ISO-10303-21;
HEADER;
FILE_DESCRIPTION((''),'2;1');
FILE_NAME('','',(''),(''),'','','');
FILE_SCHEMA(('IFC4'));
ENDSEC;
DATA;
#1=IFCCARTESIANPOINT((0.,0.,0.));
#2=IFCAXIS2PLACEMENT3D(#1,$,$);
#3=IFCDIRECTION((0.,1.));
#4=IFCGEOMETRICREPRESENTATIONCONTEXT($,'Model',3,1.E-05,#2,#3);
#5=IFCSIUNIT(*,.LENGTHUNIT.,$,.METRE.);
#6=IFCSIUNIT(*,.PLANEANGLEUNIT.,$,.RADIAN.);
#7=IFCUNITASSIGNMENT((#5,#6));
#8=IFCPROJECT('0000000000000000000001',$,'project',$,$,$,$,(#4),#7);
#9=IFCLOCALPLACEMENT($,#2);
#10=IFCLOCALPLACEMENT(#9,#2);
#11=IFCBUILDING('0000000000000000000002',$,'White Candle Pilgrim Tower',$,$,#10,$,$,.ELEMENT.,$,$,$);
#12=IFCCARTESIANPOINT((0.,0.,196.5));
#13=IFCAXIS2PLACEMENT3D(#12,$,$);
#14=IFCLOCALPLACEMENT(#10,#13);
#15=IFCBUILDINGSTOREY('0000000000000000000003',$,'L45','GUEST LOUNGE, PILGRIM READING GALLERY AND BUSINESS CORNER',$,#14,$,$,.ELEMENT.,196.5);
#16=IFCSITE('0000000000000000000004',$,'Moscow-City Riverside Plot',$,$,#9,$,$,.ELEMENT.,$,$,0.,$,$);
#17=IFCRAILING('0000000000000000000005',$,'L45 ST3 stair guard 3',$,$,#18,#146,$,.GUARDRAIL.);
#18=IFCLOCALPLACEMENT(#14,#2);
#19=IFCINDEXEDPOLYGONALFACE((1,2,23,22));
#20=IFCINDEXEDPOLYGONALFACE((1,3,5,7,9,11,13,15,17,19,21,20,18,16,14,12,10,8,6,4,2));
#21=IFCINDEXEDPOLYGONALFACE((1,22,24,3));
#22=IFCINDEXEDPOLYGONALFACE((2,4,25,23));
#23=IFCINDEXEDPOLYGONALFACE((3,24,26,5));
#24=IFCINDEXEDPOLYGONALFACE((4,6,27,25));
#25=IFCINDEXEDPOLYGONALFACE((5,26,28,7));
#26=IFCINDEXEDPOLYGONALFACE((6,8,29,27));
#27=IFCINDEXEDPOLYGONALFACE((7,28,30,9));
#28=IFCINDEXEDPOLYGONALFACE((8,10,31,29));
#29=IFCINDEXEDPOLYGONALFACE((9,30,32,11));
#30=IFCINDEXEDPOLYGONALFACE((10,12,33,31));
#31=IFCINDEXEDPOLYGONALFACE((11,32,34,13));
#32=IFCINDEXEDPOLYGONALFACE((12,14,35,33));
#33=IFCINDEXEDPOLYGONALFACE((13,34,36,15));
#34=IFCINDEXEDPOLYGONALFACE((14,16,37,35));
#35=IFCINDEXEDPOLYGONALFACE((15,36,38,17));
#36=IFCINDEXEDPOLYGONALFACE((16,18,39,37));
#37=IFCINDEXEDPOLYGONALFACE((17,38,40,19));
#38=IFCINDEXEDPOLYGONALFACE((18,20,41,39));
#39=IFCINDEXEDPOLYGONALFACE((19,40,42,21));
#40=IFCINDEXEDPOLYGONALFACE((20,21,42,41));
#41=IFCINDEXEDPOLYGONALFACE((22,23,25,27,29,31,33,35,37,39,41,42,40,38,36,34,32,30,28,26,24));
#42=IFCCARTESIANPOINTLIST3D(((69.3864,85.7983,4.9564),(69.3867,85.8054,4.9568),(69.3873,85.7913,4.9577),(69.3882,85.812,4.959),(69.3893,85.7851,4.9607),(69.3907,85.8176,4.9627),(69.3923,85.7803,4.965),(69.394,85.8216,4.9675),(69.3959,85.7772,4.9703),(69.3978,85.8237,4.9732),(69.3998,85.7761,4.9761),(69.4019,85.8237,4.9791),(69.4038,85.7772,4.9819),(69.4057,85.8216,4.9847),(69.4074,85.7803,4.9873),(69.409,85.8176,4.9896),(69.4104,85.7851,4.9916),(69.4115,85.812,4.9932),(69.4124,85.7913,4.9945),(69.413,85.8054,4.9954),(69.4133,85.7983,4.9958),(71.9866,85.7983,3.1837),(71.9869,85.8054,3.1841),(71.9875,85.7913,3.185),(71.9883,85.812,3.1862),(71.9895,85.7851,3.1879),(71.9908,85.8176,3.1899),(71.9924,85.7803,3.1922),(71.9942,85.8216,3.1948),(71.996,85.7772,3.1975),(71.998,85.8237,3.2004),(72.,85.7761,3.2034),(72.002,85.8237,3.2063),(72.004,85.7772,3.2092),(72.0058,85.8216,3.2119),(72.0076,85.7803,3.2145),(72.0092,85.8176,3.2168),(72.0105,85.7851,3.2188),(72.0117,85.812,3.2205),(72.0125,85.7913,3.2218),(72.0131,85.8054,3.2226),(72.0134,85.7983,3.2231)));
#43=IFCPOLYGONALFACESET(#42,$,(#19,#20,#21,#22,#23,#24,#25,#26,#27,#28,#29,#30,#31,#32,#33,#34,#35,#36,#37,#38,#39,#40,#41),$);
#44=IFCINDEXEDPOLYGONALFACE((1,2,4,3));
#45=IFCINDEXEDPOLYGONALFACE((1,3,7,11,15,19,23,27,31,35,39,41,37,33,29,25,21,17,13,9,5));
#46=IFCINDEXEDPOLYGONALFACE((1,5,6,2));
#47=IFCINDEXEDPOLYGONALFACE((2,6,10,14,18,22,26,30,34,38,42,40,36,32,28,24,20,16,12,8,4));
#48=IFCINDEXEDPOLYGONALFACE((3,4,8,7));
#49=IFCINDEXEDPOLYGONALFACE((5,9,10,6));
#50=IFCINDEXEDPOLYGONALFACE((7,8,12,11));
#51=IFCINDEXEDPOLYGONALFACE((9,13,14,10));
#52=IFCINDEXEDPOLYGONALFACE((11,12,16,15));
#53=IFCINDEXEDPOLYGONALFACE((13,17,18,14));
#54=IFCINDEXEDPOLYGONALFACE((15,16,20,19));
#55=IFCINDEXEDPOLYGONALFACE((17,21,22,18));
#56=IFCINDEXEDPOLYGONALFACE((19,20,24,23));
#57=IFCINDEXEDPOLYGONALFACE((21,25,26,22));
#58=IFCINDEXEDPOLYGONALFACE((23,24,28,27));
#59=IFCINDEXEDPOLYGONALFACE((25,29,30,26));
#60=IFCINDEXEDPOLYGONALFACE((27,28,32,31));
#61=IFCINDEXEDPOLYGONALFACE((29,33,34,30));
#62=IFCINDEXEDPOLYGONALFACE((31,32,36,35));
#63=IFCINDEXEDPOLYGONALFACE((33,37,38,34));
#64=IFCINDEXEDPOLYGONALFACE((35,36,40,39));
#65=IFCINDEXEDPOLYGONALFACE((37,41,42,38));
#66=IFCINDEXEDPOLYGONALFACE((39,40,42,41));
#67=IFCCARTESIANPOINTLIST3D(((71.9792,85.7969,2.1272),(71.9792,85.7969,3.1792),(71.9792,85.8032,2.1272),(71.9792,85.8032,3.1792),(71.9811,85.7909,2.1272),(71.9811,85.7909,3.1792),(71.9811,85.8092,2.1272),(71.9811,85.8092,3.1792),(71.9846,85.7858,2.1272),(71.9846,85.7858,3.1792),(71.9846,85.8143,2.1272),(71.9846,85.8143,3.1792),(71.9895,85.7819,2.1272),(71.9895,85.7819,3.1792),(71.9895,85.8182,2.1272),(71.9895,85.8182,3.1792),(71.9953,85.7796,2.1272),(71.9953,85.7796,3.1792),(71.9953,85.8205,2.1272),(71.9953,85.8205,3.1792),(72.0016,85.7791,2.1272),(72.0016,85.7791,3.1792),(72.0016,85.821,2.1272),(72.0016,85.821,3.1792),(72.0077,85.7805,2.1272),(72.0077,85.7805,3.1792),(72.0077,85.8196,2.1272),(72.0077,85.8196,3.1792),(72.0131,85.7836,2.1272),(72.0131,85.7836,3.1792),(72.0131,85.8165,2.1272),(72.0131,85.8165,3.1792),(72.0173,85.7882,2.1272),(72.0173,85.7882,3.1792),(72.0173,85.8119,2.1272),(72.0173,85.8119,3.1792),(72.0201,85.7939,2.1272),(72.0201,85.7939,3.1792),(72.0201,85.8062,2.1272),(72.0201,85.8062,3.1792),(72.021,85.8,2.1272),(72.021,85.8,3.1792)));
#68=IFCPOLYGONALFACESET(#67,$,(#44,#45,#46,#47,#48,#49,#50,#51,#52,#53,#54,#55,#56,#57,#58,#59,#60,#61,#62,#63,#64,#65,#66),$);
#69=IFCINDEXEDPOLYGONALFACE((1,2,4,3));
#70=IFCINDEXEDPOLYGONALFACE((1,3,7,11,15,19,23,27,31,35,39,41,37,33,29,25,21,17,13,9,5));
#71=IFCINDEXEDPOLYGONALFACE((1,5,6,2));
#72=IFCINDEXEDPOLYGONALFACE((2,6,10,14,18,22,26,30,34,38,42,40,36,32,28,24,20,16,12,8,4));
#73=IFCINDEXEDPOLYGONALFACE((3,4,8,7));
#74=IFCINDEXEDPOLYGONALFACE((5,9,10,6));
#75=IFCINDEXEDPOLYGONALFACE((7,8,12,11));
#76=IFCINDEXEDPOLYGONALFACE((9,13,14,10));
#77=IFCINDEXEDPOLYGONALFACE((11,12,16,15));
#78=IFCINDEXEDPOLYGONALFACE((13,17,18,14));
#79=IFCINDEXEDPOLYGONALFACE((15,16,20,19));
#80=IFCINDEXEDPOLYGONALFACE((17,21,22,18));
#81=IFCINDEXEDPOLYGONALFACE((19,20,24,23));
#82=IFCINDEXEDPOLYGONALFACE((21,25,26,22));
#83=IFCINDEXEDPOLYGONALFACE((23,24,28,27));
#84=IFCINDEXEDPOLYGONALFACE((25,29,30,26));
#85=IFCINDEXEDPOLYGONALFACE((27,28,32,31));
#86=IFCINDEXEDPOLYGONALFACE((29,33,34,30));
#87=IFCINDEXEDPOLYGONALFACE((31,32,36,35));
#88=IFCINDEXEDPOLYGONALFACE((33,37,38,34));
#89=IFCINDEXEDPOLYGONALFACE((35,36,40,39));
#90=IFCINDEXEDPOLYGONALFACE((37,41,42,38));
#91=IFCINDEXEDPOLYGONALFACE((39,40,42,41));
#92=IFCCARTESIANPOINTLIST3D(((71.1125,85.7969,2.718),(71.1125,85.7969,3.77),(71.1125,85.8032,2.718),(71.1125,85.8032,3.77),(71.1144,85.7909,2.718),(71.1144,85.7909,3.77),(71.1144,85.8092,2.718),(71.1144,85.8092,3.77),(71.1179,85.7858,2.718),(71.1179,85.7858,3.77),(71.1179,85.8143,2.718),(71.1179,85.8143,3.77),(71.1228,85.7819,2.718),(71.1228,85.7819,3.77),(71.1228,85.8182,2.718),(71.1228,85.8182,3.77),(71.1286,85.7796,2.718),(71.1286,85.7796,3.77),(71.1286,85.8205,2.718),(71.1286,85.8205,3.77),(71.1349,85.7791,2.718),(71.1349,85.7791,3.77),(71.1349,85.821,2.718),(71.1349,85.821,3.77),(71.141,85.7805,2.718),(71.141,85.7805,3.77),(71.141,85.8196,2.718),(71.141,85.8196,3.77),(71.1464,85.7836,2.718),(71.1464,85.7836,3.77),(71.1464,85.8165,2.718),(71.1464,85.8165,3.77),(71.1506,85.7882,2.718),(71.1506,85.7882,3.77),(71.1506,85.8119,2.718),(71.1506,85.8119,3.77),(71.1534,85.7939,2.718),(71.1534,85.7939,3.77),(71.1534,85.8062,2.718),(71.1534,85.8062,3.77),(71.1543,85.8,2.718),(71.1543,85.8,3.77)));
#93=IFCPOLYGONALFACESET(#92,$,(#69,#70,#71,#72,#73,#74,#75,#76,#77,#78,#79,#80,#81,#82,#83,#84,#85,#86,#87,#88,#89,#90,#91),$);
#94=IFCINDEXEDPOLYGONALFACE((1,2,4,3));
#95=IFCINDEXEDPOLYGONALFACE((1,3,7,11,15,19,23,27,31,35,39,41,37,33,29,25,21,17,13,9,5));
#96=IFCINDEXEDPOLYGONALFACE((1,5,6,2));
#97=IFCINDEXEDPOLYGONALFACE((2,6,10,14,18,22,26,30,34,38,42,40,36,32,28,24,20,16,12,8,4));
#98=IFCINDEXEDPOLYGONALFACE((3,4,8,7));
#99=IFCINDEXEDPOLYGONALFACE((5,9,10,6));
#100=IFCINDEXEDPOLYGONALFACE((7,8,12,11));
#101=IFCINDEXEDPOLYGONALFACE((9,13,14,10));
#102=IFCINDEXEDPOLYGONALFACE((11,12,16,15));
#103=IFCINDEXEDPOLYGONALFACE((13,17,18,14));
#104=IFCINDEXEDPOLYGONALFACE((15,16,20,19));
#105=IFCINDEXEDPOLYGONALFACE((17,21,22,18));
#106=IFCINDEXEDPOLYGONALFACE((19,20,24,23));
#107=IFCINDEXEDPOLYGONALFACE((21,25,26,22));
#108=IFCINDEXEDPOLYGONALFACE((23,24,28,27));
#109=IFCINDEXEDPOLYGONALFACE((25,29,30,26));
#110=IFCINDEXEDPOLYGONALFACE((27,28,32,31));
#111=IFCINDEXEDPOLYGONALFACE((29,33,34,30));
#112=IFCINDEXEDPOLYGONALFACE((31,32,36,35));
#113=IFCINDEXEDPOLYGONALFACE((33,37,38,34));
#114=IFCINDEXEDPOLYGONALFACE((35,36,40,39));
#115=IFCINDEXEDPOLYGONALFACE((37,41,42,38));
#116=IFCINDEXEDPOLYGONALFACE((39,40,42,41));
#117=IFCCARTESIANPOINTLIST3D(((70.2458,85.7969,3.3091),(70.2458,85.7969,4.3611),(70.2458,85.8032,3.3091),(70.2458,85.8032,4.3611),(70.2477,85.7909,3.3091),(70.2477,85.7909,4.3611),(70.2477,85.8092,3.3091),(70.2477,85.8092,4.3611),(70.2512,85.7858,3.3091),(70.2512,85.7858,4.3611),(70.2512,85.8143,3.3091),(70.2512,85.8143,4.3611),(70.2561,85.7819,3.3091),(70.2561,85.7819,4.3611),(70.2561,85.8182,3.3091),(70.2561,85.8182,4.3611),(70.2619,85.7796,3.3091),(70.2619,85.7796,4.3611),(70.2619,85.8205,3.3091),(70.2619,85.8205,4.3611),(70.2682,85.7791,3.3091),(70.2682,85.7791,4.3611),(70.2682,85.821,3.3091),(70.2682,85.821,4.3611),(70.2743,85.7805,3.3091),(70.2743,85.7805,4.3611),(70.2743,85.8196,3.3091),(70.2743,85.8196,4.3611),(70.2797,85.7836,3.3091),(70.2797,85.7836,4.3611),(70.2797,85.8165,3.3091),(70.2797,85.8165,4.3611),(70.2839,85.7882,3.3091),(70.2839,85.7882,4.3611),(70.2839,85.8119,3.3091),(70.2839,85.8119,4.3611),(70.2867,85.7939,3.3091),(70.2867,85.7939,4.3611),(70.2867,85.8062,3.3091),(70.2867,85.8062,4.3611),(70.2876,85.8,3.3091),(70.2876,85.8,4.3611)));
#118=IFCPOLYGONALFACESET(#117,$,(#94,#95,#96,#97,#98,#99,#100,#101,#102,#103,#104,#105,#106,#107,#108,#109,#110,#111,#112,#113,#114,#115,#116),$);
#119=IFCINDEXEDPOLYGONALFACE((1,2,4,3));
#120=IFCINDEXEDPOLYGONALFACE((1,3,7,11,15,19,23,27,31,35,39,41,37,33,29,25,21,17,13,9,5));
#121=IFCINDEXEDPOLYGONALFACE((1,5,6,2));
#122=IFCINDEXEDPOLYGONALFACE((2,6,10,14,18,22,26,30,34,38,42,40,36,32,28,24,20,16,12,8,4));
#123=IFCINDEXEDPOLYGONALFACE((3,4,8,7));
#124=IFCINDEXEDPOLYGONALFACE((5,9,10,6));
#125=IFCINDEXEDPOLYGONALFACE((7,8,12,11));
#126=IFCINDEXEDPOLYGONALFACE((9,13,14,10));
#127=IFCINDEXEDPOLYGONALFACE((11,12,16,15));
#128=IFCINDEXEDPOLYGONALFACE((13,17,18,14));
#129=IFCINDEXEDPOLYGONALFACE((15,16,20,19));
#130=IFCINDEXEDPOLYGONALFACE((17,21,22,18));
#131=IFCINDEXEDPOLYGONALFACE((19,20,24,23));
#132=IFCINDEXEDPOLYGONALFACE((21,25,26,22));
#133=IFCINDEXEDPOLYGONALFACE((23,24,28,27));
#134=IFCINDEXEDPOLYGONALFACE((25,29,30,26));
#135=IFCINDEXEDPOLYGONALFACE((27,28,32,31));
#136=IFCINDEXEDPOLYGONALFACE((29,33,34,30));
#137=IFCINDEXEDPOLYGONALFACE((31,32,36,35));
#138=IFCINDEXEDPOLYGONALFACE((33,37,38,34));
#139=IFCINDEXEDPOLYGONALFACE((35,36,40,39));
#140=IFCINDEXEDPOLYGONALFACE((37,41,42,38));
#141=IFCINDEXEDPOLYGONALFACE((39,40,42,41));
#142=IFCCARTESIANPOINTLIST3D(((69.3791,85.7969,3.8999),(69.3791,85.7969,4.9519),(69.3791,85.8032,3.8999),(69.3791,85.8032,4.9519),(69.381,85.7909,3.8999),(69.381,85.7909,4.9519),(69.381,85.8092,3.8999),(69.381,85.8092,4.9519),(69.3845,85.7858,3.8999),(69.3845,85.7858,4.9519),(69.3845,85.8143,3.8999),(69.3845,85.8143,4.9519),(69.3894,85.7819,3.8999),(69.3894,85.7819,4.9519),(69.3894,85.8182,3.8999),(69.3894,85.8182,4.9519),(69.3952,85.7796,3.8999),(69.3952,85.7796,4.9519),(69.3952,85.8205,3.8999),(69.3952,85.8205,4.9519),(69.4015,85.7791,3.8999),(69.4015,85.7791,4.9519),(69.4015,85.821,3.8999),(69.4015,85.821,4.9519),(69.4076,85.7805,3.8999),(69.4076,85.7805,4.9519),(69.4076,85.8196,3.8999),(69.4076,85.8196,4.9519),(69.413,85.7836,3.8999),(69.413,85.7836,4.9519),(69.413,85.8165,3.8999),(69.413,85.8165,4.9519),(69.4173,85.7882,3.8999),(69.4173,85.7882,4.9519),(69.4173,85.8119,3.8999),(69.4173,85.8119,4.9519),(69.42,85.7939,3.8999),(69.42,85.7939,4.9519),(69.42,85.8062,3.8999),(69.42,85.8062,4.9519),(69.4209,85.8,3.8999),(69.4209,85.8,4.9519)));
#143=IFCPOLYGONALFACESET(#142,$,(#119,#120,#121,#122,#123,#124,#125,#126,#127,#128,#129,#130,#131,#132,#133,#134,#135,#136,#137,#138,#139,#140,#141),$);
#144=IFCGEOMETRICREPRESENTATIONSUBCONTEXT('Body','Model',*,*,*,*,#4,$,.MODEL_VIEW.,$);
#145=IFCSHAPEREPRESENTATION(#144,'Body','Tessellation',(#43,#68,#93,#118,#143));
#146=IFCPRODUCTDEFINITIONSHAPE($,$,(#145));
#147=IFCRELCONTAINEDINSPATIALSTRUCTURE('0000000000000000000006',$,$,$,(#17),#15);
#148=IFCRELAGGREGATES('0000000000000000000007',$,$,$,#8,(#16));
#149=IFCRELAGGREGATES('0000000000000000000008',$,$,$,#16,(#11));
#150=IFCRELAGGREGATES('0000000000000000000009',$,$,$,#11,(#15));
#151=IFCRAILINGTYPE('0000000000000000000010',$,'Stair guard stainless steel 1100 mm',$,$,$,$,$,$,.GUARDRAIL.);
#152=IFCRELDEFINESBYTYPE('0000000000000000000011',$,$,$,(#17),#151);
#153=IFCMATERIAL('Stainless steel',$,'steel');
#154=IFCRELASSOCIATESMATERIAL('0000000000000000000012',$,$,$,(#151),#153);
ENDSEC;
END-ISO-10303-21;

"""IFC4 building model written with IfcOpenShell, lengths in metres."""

from ifc_helpers import new_model, si_unit, direction, frame, origin, origin_2d, place, context, subcontext, project, spatial, circle, extrude, material, type_object, element, save


model = new_model("IFC4")

# Units and contexts
model_context = context("Model", 3, precision=1e-05, world=origin(), true_north=direction((0.0, 1.0)))
body_context = subcontext(model_context, "Body", "Model", "MODEL_VIEW")
ifc_project = project(units=[si_unit("LENGTHUNIT", "METRE"), si_unit("PLANEANGLEUNIT", "RADIAN")], contexts=[model_context])

# Site, building, storey
site_placement = place(None, origin())
site = spatial("IfcSite", under=ifc_project, at=site_placement, Name="Moscow-City Riverside Plot", CompositionType="ELEMENT", RefElevation=0.0)
building_placement = place(site_placement, origin())
building = spatial("IfcBuilding", under=site, at=building_placement, Name="White Candle Pilgrim Tower", CompositionType="ELEMENT")
storey_placement = place(building_placement, frame((0.0, 0.0, 196.5)))
storey = spatial("IfcBuildingStorey", under=building, at=storey_placement, Name="L45", Description="GUEST LOUNGE, PILGRIM READING GALLERY AND BUSINESS CORNER", CompositionType="ELEMENT", Elevation=196.5)

# Railing
ifc_material_1 = material(Name="Stainless steel", Category="steel")
railing_type_1 = type_object("IfcRailingType", Name="Stair guard stainless steel 1100 mm", PredefinedType="GUARDRAIL", material=ifc_material_1)
railing_1_placement = place(storey_placement, frame((72.0, 85.8, 2.1272)))
element("IfcRailing", 1, at=railing_1_placement, inside=storey, type_object=railing_type_1, Name="L45 ST3 stair guard 3", PredefinedType="GUARDRAIL", context=body_context, shape_type="SweptSolid", body=[
    extrude(circle(Radius=0.0239, at=origin_2d()), frame((0.0, 0.0, 1.0762), z_axis=(-0.82624, 0.0, 0.563318), x_axis=(0.0, -1.0, 0.0)), (0.0, 0.0, 1.0), 3.147),
    extrude(circle(Radius=0.021, at=origin_2d()), origin(), (0.0, 0.0, 1.0), 1.052),
    extrude(circle(Radius=0.021, at=origin_2d()), frame((-0.8667, 0.0, 0.5908)), (0.0, 0.0, 1.0), 1.052),
    extrude(circle(Radius=0.021, at=origin_2d()), frame((-1.7334, 0.0, 1.1819)), (0.0, 0.0, 1.0), 1.052),
    extrude(circle(Radius=0.021, at=origin_2d()), frame((-2.6001, 0.0, 1.7727)), (0.0, 0.0, 1.0), 1.052),
])

save(model, "model.ifc")
